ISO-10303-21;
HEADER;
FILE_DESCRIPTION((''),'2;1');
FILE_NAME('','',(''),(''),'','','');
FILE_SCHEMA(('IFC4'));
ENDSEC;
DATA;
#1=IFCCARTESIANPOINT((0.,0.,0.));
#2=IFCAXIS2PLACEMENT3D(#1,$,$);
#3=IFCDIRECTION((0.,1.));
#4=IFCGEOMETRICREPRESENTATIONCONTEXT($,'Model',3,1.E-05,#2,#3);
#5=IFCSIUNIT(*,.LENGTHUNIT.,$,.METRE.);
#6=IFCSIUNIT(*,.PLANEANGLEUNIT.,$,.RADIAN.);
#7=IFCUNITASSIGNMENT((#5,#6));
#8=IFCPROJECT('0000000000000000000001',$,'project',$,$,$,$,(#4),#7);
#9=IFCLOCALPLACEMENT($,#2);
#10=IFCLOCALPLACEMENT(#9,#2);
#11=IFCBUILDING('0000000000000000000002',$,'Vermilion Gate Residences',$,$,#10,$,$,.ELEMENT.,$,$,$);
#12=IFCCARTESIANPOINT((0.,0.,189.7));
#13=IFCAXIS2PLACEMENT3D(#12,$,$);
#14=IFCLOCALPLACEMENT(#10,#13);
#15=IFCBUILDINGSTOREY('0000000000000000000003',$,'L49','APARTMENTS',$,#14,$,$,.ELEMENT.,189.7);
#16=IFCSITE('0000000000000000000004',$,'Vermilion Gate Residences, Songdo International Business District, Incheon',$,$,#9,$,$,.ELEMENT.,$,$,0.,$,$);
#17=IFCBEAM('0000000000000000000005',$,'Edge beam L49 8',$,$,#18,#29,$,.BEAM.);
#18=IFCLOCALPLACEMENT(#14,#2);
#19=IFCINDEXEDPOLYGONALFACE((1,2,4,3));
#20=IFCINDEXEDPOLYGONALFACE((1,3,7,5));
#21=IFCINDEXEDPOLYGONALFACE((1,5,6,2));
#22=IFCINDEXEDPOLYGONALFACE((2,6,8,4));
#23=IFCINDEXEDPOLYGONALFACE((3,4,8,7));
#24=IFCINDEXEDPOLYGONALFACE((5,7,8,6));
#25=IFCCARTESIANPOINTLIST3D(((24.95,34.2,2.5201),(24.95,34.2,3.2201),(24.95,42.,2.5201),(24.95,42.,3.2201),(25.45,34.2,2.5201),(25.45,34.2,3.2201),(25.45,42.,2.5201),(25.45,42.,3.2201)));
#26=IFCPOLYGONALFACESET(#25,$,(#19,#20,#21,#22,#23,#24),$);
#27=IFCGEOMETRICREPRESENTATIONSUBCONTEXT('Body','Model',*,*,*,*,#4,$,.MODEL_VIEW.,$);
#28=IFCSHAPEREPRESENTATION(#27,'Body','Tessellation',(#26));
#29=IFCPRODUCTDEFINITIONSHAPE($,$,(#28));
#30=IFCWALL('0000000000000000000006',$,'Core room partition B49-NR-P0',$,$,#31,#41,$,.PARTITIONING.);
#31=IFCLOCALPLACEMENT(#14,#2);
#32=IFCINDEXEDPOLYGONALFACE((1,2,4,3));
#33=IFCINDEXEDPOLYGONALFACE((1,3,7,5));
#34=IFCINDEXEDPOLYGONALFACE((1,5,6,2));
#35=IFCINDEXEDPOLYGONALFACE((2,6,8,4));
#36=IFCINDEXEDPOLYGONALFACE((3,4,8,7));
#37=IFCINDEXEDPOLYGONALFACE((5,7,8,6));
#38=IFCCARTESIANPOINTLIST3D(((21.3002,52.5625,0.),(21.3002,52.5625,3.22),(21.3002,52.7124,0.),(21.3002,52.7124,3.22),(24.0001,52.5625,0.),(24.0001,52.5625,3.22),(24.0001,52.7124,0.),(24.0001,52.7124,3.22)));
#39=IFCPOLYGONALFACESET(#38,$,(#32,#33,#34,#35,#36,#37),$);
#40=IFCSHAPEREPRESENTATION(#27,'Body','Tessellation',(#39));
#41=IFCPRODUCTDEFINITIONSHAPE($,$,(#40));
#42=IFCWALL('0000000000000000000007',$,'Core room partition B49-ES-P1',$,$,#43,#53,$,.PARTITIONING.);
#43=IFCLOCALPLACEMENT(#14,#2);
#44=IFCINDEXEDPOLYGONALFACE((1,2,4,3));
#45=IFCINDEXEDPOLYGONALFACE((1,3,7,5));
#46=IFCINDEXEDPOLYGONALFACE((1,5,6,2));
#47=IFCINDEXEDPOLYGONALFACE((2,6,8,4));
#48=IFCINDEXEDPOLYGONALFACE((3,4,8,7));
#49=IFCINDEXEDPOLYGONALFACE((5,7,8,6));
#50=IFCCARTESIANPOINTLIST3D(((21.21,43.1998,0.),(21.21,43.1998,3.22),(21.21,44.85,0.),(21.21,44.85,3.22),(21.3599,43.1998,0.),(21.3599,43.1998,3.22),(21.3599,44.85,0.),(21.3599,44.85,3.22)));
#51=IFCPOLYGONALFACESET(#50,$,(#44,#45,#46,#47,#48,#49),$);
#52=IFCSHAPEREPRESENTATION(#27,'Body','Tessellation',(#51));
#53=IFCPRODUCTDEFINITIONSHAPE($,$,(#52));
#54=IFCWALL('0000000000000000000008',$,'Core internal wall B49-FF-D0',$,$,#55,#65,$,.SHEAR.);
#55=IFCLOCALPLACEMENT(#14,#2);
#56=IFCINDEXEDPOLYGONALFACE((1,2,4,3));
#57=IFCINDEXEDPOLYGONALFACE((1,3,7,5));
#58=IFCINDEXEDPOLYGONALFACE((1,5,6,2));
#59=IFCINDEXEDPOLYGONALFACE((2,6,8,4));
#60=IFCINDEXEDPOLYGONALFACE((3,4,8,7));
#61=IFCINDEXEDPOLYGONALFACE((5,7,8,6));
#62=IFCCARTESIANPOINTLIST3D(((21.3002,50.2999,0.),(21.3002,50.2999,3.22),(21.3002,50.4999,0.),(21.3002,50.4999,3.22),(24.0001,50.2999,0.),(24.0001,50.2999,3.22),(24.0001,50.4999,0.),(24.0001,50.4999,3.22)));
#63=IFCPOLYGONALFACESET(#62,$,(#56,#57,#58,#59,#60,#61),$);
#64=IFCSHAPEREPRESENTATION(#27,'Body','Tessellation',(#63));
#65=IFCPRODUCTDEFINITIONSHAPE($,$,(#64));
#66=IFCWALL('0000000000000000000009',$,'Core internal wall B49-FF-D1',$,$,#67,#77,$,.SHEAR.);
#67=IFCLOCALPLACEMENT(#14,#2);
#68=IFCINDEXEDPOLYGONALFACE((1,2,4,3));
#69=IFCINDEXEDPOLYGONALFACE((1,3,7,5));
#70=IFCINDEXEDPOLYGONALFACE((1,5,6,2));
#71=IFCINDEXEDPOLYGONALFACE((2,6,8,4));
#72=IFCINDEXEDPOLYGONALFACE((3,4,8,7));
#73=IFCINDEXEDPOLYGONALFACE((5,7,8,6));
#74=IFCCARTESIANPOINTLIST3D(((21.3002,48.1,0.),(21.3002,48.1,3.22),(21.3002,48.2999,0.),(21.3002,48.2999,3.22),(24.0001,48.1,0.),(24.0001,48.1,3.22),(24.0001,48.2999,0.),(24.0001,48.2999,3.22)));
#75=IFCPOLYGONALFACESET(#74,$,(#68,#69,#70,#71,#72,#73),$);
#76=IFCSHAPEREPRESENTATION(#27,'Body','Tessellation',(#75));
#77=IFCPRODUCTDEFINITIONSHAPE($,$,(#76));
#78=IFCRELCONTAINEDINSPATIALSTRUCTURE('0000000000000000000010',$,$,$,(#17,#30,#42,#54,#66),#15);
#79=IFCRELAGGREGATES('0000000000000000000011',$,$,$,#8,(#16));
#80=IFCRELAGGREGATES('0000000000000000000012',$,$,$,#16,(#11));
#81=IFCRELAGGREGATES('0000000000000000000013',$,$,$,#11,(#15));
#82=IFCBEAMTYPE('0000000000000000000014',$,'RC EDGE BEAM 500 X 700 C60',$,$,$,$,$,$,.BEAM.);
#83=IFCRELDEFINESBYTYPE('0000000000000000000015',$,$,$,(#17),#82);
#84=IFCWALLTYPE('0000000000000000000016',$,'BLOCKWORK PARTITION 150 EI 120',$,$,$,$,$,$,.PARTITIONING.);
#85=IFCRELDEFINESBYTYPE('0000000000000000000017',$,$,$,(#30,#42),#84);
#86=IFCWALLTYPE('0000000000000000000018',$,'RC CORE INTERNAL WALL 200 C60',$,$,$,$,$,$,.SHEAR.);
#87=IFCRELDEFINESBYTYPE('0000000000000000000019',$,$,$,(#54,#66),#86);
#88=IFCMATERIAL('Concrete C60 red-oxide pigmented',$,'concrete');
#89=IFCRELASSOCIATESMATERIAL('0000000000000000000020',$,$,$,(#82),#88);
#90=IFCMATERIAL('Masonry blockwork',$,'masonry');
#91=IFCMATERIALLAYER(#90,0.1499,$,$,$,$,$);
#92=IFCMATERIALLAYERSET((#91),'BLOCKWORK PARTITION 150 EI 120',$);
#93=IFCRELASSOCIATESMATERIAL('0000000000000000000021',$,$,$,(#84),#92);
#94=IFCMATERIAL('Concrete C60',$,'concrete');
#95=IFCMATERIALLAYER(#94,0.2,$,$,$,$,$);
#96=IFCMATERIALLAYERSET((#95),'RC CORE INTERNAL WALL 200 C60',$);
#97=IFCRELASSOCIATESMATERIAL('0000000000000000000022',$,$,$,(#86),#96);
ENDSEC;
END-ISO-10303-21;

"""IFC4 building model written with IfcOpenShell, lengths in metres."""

from ifc_helpers import new_model, si_unit, direction, frame, frame_2d, origin, origin_2d, place, context, subcontext, project, spatial, rectangle, extrude, material, layer, layer_set, material_profile, profile_set, type_object, element, save


model = new_model("IFC4")

# Units and contexts
model_context = context("Model", 3, precision=1e-05, world=origin(), true_north=direction((0.0, 1.0)))
body_context = subcontext(model_context, "Body", "Model", "MODEL_VIEW")
ifc_project = project(units=[si_unit("LENGTHUNIT", "METRE"), si_unit("PLANEANGLEUNIT", "RADIAN")], contexts=[model_context])

# Site, building, storey
site_placement = place(None, origin())
site = spatial("IfcSite", under=ifc_project, at=site_placement, Name="Vermilion Gate Residences, Songdo International Business District, Incheon", CompositionType="ELEMENT", RefElevation=0.0)
building_placement = place(site_placement, origin())
building = spatial("IfcBuilding", under=site, at=building_placement, Name="Vermilion Gate Residences", CompositionType="ELEMENT")
storey_placement = place(building_placement, frame((0.0, 0.0, 189.7)))
storey = spatial("IfcBuildingStorey", under=building, at=storey_placement, Name="L49", Description="APARTMENTS", CompositionType="ELEMENT", Elevation=189.7)

# Beam
ifc_material_1 = material(Name="Concrete C60 red-oxide pigmented", Category="concrete")
ifc_material_profile_1 = material_profile(ifc_material_1, rectangle(XDim=0.5, YDim=0.7, at=origin_2d()), Name="RC-500x700")
ifc_profile_set_1 = profile_set([ifc_material_profile_1], Name="Concrete C60 red-oxide pigmented")
beam_type = type_object("IfcBeamType", Name="RC EDGE BEAM 500 X 700 C60", PredefinedType="BEAM", material=ifc_profile_set_1)
beam_placement = place(storey_placement, frame((25.2, 34.2, 2.8701), z_axis=(0.0, 1.0, 0.0), x_axis=(-1.0, 0.0, 0.0)))
element("IfcBeam", 1, at=beam_placement, inside=storey, type_object=beam_type, Name="Edge beam L49 8", PredefinedType="BEAM", context=body_context, shape_type="SweptSolid", body=[
    extrude(rectangle(XDim=0.5, YDim=0.7, at=origin_2d()), origin(), (0.0, 0.0, 1.0), 7.8),
])

# Walls
ifc_material_2 = material(Name="Masonry blockwork", Category="masonry")
ifc_layer_1 = layer(ifc_material_2, 0.1499)
ifc_layer_set_1 = layer_set([ifc_layer_1], Name="BLOCKWORK PARTITION 150 EI 120")
wall_type_1 = type_object("IfcWallType", Name="BLOCKWORK PARTITION 150 EI 120", PredefinedType="PARTITIONING", material=ifc_layer_set_1)
wall_1_placement = place(storey_placement, frame((21.3, 52.6375, 0.0), z_axis=(0.0, 0.0, 1.0), x_axis=(1.0, 0.0, 0.0)))
element("IfcWall", 2, at=wall_1_placement, inside=storey, type_object=wall_type_1, Name="Core room partition B49-NR-P0", PredefinedType="PARTITIONING", context=body_context, shape_type="SweptSolid", body=[
    extrude(rectangle(XDim=2.7, YDim=0.1499, at=frame_2d((1.3501, 0.0))), origin(), (0.0, 0.0, 1.0), 3.22),
])
wall_2_placement = place(storey_placement, frame((21.2849, 44.8501, 0.0), z_axis=(0.0, 0.0, 1.0), x_axis=(0.0, -1.0, 0.0)))
element("IfcWall", 3, at=wall_2_placement, inside=storey, type_object=wall_type_1, Name="Core room partition B49-ES-P1", PredefinedType="PARTITIONING", context=body_context, shape_type="SweptSolid", body=[
    extrude(rectangle(XDim=1.6501, YDim=0.1499, at=frame_2d((0.8252, 0.0))), origin(), (0.0, 0.0, 1.0), 3.22),
])
ifc_material_3 = material(Name="Concrete C60", Category="concrete")
ifc_layer_2 = layer(ifc_material_3, 0.2)
ifc_layer_set_2 = layer_set([ifc_layer_2], Name="RC CORE INTERNAL WALL 200 C60")
wall_type_2 = type_object("IfcWallType", Name="RC CORE INTERNAL WALL 200 C60", PredefinedType="SHEAR", material=ifc_layer_set_2)
for number, where, z_axis, x_axis, name in (
    (4, (21.3, 50.3999, 0.0), (0.0, 0.0, 1.0), (1.0, 0.0, 0.0), "Core internal wall B49-FF-D0"),
    (5, (21.3, 48.2, 0.0), (0.0, 0.0, 1.0), (1.0, 0.0, 0.0), "Core internal wall B49-FF-D1"),
):
    element("IfcWall", number, at=place(storey_placement, frame(where, z_axis=z_axis, x_axis=x_axis)), inside=storey, type_object=wall_type_2, Name=name, PredefinedType="SHEAR", context=body_context, shape_type="SweptSolid", body=[
        extrude(rectangle(XDim=2.7, YDim=0.2, at=frame_2d((1.3501, 0.0))), origin(), (0.0, 0.0, 1.0), 3.22),
    ])

save(model, "model.ifc")
